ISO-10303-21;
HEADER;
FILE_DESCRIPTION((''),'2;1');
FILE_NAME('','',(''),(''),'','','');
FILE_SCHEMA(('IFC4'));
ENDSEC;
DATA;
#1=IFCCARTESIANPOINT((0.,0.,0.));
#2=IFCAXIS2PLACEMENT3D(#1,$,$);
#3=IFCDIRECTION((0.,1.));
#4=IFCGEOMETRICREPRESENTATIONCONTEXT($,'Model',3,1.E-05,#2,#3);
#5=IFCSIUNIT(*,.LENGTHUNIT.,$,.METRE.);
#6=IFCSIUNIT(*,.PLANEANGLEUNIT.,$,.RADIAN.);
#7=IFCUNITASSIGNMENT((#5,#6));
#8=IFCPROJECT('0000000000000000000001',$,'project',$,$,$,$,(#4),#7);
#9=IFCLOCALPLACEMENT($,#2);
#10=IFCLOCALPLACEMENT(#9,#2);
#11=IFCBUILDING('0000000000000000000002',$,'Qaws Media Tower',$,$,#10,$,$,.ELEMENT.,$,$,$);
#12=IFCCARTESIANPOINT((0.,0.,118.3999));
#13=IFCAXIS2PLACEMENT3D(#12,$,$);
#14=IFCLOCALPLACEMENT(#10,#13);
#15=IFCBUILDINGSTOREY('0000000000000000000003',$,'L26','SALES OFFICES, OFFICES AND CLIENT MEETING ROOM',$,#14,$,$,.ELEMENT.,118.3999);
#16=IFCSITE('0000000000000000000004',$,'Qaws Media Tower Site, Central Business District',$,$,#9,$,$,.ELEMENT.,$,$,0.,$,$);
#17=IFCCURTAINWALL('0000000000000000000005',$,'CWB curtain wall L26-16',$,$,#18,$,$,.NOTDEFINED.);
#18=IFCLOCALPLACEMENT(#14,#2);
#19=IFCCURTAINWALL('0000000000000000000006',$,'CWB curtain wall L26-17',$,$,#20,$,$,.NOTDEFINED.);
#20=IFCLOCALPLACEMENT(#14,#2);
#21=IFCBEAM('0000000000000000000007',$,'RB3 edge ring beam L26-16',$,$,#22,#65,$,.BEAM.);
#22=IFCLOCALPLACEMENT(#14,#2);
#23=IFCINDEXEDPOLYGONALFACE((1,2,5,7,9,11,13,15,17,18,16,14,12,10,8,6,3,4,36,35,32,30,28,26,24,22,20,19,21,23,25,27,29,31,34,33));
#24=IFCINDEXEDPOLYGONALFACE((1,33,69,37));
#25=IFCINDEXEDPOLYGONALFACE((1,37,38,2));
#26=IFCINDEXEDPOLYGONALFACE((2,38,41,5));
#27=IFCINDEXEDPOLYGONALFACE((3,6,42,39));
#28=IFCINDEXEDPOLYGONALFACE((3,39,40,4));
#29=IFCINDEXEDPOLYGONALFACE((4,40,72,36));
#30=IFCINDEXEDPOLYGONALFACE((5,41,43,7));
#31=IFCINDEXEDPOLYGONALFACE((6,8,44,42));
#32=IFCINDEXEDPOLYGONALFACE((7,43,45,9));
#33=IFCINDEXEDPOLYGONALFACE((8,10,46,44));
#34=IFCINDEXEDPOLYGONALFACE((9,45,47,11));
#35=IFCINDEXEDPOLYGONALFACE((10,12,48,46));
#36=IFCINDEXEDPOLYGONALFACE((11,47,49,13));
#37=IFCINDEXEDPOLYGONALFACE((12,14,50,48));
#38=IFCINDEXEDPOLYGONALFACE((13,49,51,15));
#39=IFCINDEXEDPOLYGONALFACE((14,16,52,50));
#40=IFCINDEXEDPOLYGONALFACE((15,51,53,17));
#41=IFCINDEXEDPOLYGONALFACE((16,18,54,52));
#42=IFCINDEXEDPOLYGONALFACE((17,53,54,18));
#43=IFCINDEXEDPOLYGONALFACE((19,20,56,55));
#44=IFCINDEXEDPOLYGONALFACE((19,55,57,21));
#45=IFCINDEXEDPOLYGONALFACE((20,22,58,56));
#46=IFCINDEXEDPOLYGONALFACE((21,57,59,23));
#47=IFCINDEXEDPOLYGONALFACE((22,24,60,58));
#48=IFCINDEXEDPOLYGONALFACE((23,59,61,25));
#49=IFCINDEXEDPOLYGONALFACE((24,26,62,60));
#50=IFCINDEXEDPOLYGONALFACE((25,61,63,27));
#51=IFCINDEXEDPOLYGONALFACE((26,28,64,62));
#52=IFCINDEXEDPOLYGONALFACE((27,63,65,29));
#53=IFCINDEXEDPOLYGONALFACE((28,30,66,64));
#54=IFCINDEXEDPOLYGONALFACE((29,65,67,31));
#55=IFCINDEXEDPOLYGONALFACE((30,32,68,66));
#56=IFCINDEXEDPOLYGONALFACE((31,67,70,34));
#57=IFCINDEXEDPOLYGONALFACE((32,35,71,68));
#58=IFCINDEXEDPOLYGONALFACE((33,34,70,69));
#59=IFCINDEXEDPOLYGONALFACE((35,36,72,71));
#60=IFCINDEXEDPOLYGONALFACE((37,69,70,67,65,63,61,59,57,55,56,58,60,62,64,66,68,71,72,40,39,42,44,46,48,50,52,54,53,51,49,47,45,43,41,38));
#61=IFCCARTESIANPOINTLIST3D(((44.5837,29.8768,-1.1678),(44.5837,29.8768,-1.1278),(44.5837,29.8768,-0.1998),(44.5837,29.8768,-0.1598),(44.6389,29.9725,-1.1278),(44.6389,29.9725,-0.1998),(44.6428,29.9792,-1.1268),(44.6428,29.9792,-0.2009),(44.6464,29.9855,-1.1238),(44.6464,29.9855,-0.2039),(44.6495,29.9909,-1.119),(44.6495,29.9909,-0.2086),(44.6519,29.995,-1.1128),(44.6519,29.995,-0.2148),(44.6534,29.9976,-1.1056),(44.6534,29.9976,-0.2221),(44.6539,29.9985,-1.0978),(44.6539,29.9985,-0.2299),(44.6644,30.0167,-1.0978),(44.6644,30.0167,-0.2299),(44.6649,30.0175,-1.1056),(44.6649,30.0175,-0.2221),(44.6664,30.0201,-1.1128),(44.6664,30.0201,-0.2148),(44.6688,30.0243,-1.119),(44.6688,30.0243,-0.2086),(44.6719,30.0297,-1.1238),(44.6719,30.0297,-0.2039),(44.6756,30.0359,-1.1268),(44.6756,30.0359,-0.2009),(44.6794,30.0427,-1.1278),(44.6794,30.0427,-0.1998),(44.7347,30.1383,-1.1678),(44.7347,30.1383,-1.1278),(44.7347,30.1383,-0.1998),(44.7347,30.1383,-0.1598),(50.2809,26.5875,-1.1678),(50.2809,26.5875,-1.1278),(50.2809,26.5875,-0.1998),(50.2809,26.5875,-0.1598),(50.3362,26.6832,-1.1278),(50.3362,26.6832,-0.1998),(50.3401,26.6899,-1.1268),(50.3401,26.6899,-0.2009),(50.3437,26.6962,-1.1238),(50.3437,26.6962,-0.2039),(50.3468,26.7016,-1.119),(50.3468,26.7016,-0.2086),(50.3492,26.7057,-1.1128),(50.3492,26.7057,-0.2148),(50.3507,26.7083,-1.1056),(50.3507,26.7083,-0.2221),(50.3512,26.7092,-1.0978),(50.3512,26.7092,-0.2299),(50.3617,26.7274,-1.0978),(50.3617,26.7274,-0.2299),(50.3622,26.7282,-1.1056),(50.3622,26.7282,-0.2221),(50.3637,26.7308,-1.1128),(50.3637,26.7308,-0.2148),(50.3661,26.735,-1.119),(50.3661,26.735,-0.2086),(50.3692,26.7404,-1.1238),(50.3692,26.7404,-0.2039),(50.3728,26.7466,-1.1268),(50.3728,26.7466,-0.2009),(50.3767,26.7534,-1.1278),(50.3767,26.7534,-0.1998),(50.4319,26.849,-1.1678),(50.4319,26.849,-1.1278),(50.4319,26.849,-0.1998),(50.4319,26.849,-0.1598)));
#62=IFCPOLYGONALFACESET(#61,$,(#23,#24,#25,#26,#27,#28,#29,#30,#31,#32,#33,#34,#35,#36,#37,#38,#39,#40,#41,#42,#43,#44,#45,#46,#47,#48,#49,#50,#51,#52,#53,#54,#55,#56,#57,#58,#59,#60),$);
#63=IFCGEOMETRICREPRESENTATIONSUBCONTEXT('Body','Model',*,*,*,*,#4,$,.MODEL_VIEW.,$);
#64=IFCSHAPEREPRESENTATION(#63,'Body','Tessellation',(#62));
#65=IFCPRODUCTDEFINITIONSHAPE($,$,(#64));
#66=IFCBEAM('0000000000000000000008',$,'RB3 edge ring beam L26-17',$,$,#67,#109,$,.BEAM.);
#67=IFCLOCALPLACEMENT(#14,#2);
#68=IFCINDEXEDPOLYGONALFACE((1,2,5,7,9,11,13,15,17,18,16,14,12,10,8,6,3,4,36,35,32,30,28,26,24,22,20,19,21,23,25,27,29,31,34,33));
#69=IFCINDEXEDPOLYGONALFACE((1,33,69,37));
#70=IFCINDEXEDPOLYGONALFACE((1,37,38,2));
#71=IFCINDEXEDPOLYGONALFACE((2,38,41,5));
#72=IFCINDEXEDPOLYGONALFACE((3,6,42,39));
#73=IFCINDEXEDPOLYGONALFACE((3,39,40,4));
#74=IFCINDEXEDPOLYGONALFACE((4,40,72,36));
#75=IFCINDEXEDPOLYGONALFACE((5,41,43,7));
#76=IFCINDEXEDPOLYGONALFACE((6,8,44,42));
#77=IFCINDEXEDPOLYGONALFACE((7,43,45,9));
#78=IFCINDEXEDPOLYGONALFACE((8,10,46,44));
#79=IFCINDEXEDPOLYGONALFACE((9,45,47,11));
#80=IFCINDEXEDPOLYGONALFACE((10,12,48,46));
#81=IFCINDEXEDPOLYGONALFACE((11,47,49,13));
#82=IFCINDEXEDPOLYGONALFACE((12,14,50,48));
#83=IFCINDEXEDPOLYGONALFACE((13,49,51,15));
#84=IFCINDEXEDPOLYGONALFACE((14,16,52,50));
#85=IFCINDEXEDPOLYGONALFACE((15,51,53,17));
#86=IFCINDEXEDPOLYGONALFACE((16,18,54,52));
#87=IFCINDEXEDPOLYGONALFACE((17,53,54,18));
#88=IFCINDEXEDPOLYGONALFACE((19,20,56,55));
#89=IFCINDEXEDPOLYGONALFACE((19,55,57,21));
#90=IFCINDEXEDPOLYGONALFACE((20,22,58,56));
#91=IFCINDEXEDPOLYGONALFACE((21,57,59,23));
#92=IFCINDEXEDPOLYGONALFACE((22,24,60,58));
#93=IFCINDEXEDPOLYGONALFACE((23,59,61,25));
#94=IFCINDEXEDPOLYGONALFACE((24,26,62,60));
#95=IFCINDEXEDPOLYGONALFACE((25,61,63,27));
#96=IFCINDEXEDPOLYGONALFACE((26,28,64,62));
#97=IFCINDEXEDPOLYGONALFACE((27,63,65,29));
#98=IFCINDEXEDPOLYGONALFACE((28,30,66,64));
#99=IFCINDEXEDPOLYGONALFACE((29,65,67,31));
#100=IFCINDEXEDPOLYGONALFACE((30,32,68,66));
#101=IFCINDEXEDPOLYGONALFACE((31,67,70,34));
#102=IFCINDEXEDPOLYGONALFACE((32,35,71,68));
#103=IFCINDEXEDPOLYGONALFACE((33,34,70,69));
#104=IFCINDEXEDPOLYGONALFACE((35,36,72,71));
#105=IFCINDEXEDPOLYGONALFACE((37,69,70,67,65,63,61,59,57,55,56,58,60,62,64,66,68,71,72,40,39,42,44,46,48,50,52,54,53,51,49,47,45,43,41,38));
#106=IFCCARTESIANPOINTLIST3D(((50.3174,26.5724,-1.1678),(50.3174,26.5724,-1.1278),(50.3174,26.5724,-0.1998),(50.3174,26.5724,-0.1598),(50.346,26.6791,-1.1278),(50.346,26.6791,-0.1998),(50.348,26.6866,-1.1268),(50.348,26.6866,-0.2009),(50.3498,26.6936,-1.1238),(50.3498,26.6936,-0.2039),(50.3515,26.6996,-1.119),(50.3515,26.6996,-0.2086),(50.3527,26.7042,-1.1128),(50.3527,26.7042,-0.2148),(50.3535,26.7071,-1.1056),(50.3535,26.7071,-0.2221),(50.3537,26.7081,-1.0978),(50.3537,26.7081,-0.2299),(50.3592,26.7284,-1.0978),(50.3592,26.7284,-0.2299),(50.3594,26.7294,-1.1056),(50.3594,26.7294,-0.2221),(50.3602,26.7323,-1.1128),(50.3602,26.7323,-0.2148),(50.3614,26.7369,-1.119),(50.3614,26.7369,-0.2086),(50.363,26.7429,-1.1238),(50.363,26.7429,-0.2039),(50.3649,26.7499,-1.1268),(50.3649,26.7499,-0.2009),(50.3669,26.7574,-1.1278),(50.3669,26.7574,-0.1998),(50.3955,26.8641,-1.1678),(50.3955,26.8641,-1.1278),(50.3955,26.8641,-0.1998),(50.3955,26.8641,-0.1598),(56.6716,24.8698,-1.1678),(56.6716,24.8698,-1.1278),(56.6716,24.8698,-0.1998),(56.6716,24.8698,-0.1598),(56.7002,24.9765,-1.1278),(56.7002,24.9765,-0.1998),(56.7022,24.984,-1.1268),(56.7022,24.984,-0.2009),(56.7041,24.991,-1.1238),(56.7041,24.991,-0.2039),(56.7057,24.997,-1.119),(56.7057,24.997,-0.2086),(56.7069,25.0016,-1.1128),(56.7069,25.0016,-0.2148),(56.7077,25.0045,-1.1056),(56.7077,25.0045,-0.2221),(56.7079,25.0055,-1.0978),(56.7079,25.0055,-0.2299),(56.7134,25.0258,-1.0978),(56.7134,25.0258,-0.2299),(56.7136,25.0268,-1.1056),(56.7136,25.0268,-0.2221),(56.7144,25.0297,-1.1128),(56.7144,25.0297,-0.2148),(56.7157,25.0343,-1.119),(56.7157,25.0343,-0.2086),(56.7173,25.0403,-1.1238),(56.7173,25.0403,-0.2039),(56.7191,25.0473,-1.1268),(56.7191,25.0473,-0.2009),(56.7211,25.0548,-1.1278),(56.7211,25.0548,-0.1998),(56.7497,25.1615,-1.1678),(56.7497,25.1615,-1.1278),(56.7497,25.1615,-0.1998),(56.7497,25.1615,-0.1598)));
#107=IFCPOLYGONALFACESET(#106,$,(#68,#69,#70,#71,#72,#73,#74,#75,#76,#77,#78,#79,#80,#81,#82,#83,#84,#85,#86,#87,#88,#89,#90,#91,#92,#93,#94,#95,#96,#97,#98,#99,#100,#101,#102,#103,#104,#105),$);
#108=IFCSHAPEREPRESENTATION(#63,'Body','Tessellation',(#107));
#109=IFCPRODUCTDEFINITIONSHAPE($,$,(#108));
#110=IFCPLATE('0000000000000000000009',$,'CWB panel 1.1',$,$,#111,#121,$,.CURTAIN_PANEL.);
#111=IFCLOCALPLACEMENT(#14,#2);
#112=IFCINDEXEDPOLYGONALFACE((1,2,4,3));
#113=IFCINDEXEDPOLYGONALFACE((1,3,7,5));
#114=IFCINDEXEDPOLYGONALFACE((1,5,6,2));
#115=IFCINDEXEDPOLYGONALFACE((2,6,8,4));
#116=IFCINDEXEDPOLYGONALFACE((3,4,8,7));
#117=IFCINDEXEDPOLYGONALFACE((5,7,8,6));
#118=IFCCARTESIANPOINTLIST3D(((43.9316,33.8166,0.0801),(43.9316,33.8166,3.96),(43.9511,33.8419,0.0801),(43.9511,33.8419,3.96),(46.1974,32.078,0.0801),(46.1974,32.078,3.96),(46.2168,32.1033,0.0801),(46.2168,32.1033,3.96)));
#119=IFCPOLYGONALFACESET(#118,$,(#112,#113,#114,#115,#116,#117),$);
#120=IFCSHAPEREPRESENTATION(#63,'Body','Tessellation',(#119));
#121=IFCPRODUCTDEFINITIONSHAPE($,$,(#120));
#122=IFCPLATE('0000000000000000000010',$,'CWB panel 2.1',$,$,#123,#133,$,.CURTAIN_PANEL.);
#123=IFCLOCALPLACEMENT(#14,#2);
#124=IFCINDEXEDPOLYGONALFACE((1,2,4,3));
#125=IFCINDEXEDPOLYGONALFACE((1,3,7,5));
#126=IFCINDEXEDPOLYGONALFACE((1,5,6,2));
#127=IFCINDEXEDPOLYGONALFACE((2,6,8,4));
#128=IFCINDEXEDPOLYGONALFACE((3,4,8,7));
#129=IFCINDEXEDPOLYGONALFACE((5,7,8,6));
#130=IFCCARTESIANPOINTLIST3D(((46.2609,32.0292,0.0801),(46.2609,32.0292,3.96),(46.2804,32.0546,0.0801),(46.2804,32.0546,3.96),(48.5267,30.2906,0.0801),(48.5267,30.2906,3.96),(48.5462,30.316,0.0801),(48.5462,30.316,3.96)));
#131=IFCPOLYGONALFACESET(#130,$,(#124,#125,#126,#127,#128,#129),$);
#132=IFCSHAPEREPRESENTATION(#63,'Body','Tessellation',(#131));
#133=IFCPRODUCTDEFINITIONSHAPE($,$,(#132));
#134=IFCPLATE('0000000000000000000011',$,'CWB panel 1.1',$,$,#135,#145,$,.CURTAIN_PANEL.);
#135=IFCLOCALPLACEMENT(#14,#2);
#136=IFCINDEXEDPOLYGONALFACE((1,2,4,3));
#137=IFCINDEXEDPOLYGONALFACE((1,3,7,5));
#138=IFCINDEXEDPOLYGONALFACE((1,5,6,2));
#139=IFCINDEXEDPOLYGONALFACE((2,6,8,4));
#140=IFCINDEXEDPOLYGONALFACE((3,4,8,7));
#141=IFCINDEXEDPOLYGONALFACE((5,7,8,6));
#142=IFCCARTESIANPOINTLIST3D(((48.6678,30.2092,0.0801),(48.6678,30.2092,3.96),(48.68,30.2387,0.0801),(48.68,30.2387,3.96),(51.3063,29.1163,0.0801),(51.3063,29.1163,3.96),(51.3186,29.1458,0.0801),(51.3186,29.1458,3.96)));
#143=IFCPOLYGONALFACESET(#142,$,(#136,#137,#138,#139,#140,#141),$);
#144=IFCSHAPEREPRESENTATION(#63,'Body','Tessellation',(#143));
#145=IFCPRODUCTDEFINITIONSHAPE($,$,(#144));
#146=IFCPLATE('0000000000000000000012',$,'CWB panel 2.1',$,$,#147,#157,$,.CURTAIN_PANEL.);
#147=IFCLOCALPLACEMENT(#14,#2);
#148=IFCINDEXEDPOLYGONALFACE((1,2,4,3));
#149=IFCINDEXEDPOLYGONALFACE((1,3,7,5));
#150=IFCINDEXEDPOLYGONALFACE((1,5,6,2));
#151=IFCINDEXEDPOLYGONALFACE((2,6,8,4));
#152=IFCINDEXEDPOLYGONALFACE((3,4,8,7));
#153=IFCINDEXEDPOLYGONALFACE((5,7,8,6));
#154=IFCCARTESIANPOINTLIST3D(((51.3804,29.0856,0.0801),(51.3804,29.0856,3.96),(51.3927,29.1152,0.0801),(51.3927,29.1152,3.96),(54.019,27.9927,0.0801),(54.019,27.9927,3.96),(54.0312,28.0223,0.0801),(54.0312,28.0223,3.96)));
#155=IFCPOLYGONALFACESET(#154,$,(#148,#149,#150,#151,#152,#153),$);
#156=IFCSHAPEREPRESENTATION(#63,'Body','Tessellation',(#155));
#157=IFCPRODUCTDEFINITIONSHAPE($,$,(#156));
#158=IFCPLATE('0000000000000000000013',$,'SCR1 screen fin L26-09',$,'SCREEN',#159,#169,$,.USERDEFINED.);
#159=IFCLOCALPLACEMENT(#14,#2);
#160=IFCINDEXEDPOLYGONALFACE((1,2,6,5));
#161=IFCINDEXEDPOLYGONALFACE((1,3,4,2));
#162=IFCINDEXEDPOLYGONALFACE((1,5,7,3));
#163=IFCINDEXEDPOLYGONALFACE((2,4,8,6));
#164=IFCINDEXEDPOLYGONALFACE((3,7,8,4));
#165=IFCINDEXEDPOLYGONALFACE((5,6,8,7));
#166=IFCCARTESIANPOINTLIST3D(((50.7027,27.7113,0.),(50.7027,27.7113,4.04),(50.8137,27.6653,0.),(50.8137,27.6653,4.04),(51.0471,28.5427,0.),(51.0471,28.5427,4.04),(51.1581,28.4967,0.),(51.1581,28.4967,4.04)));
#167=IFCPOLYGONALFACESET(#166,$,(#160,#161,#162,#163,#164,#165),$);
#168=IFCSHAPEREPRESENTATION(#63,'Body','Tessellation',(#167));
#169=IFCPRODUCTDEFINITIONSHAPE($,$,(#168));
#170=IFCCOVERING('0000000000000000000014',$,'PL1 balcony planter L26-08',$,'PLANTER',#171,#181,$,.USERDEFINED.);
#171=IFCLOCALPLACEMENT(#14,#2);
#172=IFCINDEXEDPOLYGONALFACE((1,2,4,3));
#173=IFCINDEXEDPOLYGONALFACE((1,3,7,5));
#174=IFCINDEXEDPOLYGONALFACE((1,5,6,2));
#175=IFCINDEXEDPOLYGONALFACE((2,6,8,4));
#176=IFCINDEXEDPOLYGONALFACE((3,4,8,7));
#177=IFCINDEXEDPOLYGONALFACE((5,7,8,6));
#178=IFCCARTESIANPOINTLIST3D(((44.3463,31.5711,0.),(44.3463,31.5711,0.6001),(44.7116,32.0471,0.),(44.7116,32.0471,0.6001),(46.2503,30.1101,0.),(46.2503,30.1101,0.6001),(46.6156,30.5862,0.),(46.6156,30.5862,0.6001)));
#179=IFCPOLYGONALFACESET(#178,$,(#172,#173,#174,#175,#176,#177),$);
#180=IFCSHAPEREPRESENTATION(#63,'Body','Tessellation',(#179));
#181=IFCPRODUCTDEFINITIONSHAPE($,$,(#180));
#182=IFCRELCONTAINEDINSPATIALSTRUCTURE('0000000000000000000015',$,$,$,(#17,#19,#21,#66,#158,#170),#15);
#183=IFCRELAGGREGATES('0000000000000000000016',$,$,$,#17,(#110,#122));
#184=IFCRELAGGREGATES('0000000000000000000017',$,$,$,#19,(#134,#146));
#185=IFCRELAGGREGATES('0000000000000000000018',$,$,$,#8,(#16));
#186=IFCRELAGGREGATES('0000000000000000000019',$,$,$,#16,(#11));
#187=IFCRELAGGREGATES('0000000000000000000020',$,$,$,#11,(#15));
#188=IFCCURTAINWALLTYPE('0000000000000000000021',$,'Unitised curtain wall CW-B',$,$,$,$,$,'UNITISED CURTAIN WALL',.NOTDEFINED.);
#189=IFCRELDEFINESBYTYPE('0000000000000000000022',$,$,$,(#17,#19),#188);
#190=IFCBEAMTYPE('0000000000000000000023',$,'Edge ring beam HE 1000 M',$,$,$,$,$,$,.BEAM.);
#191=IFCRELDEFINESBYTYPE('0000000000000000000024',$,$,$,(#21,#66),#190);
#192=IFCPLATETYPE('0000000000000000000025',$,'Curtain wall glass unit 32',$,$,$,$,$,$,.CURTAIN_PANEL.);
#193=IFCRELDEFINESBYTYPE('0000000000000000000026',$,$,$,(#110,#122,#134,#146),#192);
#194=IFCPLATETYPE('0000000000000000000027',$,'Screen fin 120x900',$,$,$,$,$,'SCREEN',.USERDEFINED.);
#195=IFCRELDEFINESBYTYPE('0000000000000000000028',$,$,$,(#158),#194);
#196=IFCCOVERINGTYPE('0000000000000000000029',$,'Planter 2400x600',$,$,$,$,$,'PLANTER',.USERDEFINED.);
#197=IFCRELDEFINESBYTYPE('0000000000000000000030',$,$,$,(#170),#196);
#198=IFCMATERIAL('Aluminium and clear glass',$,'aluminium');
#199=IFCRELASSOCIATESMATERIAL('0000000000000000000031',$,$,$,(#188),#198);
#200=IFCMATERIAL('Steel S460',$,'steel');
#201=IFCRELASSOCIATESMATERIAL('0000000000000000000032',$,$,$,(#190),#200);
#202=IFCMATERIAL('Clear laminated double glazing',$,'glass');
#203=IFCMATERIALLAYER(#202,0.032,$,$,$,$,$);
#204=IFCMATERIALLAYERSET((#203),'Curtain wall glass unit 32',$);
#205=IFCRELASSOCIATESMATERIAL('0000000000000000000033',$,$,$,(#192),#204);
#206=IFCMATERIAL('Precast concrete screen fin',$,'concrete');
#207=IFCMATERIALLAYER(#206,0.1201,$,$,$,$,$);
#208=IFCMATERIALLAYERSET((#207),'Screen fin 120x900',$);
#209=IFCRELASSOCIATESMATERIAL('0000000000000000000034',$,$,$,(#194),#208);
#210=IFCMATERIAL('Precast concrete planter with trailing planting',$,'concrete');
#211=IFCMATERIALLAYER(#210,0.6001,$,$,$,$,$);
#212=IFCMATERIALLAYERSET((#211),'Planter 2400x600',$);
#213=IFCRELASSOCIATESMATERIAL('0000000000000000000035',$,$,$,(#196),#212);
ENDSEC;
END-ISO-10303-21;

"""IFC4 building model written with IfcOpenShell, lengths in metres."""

from ifc_helpers import new_model, si_unit, direction, frame, origin, origin_2d, place, context, subcontext, project, spatial, rectangle, i_section, extrude, material, layer, layer_set, material_profile, profile_set, type_object, element, aggregate, save


model = new_model("IFC4")

# Units and contexts
model_context = context("Model", 3, precision=1e-05, world=origin(), true_north=direction((0.0, 1.0)))
body_context = subcontext(model_context, "Body", "Model", "MODEL_VIEW")
ifc_project = project(units=[si_unit("LENGTHUNIT", "METRE"), si_unit("PLANEANGLEUNIT", "RADIAN")], contexts=[model_context])

# Site, building, storey
site_placement = place(None, origin())
site = spatial("IfcSite", under=ifc_project, at=site_placement, Name="Qaws Media Tower Site, Central Business District", CompositionType="ELEMENT", RefElevation=0.0)
building_placement = place(site_placement, origin())
building = spatial("IfcBuilding", under=site, at=building_placement, Name="Qaws Media Tower", CompositionType="ELEMENT")
storey_placement = place(building_placement, frame((0.0, 0.0, 118.3999)))
storey = spatial("IfcBuildingStorey", under=building, at=storey_placement, Name="L26", Description="SALES OFFICES, OFFICES AND CLIENT MEETING ROOM", CompositionType="ELEMENT", Elevation=118.3999)

# Curtain walls
ifc_material_1 = material(Name="Aluminium and clear glass", Category="aluminium")
curtain_wall_type = type_object("IfcCurtainWallType", Name="Unitised curtain wall CW-B", ElementType="UNITISED CURTAIN WALL", PredefinedType="NOTDEFINED", material=ifc_material_1)
curtain_wall_1_placement = place(storey_placement, origin())
curtain_wall_1 = element("IfcCurtainWall", 1, at=curtain_wall_1_placement, inside=storey, type_object=curtain_wall_type, Name="CWB curtain wall L26-16", PredefinedType="NOTDEFINED")
curtain_wall_2_placement = place(storey_placement, origin())
curtain_wall_2 = element("IfcCurtainWall", 2, at=curtain_wall_2_placement, inside=storey, type_object=curtain_wall_type, Name="CWB curtain wall L26-17", PredefinedType="NOTDEFINED")

# Beams
ifc_material_2 = material(Name="Steel S460", Category="steel")
ifc_material_profile_1 = material_profile(ifc_material_2, i_section(OverallWidth=0.302, OverallDepth=1.0081, WebThickness=0.021, FlangeThickness=0.04, FilletRadius=0.03, at=origin_2d()), Name="HE 1000 M")
ifc_profile_set_1 = profile_set([ifc_material_profile_1], Name="Steel S460")
beam_type = type_object("IfcBeamType", Name="Edge ring beam HE 1000 M", PredefinedType="BEAM", material=ifc_profile_set_1)
beam_1_placement = place(storey_placement, frame((44.6592, 30.0076, -0.6638), z_axis=(0.866026, -0.499999, 0.0), x_axis=(0.499999, 0.866026, 0.0)))
element("IfcBeam", 3, at=beam_1_placement, inside=storey, type_object=beam_type, Name="RB3 edge ring beam L26-16", PredefinedType="BEAM", context=body_context, shape_type="SweptSolid", body=[
    extrude(i_section(OverallWidth=0.302, OverallDepth=1.0081, WebThickness=0.021, FlangeThickness=0.04, FilletRadius=0.03, at=origin_2d()), origin(), (0.0, 0.0, 1.0), 6.5786),
])
beam_2_placement = place(storey_placement, frame((50.3564, 26.7183, -0.6638), z_axis=(0.965925, -0.258822, 0.0), x_axis=(0.258822, 0.965925, 0.0)))
element("IfcBeam", 4, at=beam_2_placement, inside=storey, type_object=beam_type, Name="RB3 edge ring beam L26-17", PredefinedType="BEAM", context=body_context, shape_type="SweptSolid", body=[
    extrude(i_section(OverallWidth=0.302, OverallDepth=1.0081, WebThickness=0.021, FlangeThickness=0.04, FilletRadius=0.03, at=origin_2d()), origin(), (0.0, 0.0, 1.0), 6.5784),
])

# Plates
ifc_material_3 = material(Name="Clear laminated double glazing", Category="glass")
ifc_layer_1 = layer(ifc_material_3, 0.032)
ifc_layer_set_1 = layer_set([ifc_layer_1], Name="Curtain wall glass unit 32")
plate_type_1 = type_object("IfcPlateType", Name="Curtain wall glass unit 32", PredefinedType="CURTAIN_PANEL", material=ifc_layer_set_1)
plate_1_placement = place(storey_placement, frame((45.0742, 32.96, 0.0801), z_axis=(0.0, 0.0, 1.0), x_axis=(0.793353, -0.608761, 0.0)))
plate_1 = element("IfcPlate", 5, at=plate_1_placement, type_object=plate_type_1, Name="CWB panel 1.1", PredefinedType="CURTAIN_PANEL", context=body_context, shape_type="SweptSolid", body=[
    extrude(rectangle(XDim=2.856, YDim=0.032, at=origin_2d()), origin(), (0.0, 0.0, 1.0), 3.8799),
])
plate_2_placement = place(storey_placement, frame((47.4036, 31.1726, 0.0801), z_axis=(0.0, 0.0, 1.0), x_axis=(0.793353, -0.608761, 0.0)))
plate_2 = element("IfcPlate", 6, at=plate_2_placement, type_object=plate_type_1, Name="CWB panel 2.1", PredefinedType="CURTAIN_PANEL", context=body_context, shape_type="SweptSolid", body=[
    extrude(rectangle(XDim=2.856, YDim=0.032, at=origin_2d()), origin(), (0.0, 0.0, 1.0), 3.8799),
])
aggregate(curtain_wall_1, [plate_1, plate_2])
plate_3_placement = place(storey_placement, frame((49.9932, 29.6775, 0.0801), z_axis=(0.0, 0.0, 1.0), x_axis=(0.92388, -0.382683, 0.0)))
plate_3 = element("IfcPlate", 7, at=plate_3_placement, type_object=plate_type_1, Name="CWB panel 1.1", PredefinedType="CURTAIN_PANEL", context=body_context, shape_type="SweptSolid", body=[
    extrude(rectangle(XDim=2.856, YDim=0.032, at=origin_2d()), origin(), (0.0, 0.0, 1.0), 3.8799),
])
plate_4_placement = place(storey_placement, frame((52.7058, 28.554, 0.0801), z_axis=(0.0, 0.0, 1.0), x_axis=(0.92388, -0.382683, 0.0)))
plate_4 = element("IfcPlate", 8, at=plate_4_placement, type_object=plate_type_1, Name="CWB panel 2.1", PredefinedType="CURTAIN_PANEL", context=body_context, shape_type="SweptSolid", body=[
    extrude(rectangle(XDim=2.856, YDim=0.032, at=origin_2d()), origin(), (0.0, 0.0, 1.0), 3.8799),
])
aggregate(curtain_wall_2, [plate_3, plate_4])
ifc_material_4 = material(Name="Precast concrete screen fin", Category="concrete")
ifc_layer_2 = layer(ifc_material_4, 0.1201)
ifc_layer_set_2 = layer_set([ifc_layer_2], Name="Screen fin 120x900")
plate_type_2 = type_object("IfcPlateType", Name="Screen fin 120x900", ElementType="SCREEN", PredefinedType="USERDEFINED", material=ifc_layer_set_2)
plate_5_placement = place(storey_placement, frame((50.9304, 28.104, 0.0), z_axis=(0.0, 0.0, 1.0), x_axis=(-0.382683, -0.92388, 0.0)))
element("IfcPlate", 9, at=plate_5_placement, inside=storey, type_object=plate_type_2, Name="SCR1 screen fin L26-09", ObjectType="SCREEN", PredefinedType="USERDEFINED", context=body_context, shape_type="SweptSolid", body=[
    extrude(rectangle(XDim=0.8999, YDim=0.1201, at=origin_2d()), origin(), (0.0, 0.0, 1.0), 4.04),
])

# Covering
ifc_material_5 = material(Name="Precast concrete planter with trailing planting", Category="concrete")
ifc_layer_3 = layer(ifc_material_5, 0.6001)
ifc_layer_set_3 = layer_set([ifc_layer_3], Name="Planter 2400x600")
covering_type = type_object("IfcCoveringType", Name="Planter 2400x600", ElementType="PLANTER", PredefinedType="USERDEFINED", material=ifc_layer_set_3)
covering_placement = place(storey_placement, frame((45.481, 31.0786, 0.0), z_axis=(0.0, 0.0, 1.0), x_axis=(0.793353, -0.608761, 0.0)))
element("IfcCovering", 10, at=covering_placement, inside=storey, type_object=covering_type, Name="PL1 balcony planter L26-08", ObjectType="PLANTER", PredefinedType="USERDEFINED", context=body_context, shape_type="SweptSolid", body=[
    extrude(rectangle(XDim=2.3999, YDim=0.6001, at=origin_2d()), origin(), (0.0, 0.0, 1.0), 0.6001),
])

save(model, "model.ifc")
